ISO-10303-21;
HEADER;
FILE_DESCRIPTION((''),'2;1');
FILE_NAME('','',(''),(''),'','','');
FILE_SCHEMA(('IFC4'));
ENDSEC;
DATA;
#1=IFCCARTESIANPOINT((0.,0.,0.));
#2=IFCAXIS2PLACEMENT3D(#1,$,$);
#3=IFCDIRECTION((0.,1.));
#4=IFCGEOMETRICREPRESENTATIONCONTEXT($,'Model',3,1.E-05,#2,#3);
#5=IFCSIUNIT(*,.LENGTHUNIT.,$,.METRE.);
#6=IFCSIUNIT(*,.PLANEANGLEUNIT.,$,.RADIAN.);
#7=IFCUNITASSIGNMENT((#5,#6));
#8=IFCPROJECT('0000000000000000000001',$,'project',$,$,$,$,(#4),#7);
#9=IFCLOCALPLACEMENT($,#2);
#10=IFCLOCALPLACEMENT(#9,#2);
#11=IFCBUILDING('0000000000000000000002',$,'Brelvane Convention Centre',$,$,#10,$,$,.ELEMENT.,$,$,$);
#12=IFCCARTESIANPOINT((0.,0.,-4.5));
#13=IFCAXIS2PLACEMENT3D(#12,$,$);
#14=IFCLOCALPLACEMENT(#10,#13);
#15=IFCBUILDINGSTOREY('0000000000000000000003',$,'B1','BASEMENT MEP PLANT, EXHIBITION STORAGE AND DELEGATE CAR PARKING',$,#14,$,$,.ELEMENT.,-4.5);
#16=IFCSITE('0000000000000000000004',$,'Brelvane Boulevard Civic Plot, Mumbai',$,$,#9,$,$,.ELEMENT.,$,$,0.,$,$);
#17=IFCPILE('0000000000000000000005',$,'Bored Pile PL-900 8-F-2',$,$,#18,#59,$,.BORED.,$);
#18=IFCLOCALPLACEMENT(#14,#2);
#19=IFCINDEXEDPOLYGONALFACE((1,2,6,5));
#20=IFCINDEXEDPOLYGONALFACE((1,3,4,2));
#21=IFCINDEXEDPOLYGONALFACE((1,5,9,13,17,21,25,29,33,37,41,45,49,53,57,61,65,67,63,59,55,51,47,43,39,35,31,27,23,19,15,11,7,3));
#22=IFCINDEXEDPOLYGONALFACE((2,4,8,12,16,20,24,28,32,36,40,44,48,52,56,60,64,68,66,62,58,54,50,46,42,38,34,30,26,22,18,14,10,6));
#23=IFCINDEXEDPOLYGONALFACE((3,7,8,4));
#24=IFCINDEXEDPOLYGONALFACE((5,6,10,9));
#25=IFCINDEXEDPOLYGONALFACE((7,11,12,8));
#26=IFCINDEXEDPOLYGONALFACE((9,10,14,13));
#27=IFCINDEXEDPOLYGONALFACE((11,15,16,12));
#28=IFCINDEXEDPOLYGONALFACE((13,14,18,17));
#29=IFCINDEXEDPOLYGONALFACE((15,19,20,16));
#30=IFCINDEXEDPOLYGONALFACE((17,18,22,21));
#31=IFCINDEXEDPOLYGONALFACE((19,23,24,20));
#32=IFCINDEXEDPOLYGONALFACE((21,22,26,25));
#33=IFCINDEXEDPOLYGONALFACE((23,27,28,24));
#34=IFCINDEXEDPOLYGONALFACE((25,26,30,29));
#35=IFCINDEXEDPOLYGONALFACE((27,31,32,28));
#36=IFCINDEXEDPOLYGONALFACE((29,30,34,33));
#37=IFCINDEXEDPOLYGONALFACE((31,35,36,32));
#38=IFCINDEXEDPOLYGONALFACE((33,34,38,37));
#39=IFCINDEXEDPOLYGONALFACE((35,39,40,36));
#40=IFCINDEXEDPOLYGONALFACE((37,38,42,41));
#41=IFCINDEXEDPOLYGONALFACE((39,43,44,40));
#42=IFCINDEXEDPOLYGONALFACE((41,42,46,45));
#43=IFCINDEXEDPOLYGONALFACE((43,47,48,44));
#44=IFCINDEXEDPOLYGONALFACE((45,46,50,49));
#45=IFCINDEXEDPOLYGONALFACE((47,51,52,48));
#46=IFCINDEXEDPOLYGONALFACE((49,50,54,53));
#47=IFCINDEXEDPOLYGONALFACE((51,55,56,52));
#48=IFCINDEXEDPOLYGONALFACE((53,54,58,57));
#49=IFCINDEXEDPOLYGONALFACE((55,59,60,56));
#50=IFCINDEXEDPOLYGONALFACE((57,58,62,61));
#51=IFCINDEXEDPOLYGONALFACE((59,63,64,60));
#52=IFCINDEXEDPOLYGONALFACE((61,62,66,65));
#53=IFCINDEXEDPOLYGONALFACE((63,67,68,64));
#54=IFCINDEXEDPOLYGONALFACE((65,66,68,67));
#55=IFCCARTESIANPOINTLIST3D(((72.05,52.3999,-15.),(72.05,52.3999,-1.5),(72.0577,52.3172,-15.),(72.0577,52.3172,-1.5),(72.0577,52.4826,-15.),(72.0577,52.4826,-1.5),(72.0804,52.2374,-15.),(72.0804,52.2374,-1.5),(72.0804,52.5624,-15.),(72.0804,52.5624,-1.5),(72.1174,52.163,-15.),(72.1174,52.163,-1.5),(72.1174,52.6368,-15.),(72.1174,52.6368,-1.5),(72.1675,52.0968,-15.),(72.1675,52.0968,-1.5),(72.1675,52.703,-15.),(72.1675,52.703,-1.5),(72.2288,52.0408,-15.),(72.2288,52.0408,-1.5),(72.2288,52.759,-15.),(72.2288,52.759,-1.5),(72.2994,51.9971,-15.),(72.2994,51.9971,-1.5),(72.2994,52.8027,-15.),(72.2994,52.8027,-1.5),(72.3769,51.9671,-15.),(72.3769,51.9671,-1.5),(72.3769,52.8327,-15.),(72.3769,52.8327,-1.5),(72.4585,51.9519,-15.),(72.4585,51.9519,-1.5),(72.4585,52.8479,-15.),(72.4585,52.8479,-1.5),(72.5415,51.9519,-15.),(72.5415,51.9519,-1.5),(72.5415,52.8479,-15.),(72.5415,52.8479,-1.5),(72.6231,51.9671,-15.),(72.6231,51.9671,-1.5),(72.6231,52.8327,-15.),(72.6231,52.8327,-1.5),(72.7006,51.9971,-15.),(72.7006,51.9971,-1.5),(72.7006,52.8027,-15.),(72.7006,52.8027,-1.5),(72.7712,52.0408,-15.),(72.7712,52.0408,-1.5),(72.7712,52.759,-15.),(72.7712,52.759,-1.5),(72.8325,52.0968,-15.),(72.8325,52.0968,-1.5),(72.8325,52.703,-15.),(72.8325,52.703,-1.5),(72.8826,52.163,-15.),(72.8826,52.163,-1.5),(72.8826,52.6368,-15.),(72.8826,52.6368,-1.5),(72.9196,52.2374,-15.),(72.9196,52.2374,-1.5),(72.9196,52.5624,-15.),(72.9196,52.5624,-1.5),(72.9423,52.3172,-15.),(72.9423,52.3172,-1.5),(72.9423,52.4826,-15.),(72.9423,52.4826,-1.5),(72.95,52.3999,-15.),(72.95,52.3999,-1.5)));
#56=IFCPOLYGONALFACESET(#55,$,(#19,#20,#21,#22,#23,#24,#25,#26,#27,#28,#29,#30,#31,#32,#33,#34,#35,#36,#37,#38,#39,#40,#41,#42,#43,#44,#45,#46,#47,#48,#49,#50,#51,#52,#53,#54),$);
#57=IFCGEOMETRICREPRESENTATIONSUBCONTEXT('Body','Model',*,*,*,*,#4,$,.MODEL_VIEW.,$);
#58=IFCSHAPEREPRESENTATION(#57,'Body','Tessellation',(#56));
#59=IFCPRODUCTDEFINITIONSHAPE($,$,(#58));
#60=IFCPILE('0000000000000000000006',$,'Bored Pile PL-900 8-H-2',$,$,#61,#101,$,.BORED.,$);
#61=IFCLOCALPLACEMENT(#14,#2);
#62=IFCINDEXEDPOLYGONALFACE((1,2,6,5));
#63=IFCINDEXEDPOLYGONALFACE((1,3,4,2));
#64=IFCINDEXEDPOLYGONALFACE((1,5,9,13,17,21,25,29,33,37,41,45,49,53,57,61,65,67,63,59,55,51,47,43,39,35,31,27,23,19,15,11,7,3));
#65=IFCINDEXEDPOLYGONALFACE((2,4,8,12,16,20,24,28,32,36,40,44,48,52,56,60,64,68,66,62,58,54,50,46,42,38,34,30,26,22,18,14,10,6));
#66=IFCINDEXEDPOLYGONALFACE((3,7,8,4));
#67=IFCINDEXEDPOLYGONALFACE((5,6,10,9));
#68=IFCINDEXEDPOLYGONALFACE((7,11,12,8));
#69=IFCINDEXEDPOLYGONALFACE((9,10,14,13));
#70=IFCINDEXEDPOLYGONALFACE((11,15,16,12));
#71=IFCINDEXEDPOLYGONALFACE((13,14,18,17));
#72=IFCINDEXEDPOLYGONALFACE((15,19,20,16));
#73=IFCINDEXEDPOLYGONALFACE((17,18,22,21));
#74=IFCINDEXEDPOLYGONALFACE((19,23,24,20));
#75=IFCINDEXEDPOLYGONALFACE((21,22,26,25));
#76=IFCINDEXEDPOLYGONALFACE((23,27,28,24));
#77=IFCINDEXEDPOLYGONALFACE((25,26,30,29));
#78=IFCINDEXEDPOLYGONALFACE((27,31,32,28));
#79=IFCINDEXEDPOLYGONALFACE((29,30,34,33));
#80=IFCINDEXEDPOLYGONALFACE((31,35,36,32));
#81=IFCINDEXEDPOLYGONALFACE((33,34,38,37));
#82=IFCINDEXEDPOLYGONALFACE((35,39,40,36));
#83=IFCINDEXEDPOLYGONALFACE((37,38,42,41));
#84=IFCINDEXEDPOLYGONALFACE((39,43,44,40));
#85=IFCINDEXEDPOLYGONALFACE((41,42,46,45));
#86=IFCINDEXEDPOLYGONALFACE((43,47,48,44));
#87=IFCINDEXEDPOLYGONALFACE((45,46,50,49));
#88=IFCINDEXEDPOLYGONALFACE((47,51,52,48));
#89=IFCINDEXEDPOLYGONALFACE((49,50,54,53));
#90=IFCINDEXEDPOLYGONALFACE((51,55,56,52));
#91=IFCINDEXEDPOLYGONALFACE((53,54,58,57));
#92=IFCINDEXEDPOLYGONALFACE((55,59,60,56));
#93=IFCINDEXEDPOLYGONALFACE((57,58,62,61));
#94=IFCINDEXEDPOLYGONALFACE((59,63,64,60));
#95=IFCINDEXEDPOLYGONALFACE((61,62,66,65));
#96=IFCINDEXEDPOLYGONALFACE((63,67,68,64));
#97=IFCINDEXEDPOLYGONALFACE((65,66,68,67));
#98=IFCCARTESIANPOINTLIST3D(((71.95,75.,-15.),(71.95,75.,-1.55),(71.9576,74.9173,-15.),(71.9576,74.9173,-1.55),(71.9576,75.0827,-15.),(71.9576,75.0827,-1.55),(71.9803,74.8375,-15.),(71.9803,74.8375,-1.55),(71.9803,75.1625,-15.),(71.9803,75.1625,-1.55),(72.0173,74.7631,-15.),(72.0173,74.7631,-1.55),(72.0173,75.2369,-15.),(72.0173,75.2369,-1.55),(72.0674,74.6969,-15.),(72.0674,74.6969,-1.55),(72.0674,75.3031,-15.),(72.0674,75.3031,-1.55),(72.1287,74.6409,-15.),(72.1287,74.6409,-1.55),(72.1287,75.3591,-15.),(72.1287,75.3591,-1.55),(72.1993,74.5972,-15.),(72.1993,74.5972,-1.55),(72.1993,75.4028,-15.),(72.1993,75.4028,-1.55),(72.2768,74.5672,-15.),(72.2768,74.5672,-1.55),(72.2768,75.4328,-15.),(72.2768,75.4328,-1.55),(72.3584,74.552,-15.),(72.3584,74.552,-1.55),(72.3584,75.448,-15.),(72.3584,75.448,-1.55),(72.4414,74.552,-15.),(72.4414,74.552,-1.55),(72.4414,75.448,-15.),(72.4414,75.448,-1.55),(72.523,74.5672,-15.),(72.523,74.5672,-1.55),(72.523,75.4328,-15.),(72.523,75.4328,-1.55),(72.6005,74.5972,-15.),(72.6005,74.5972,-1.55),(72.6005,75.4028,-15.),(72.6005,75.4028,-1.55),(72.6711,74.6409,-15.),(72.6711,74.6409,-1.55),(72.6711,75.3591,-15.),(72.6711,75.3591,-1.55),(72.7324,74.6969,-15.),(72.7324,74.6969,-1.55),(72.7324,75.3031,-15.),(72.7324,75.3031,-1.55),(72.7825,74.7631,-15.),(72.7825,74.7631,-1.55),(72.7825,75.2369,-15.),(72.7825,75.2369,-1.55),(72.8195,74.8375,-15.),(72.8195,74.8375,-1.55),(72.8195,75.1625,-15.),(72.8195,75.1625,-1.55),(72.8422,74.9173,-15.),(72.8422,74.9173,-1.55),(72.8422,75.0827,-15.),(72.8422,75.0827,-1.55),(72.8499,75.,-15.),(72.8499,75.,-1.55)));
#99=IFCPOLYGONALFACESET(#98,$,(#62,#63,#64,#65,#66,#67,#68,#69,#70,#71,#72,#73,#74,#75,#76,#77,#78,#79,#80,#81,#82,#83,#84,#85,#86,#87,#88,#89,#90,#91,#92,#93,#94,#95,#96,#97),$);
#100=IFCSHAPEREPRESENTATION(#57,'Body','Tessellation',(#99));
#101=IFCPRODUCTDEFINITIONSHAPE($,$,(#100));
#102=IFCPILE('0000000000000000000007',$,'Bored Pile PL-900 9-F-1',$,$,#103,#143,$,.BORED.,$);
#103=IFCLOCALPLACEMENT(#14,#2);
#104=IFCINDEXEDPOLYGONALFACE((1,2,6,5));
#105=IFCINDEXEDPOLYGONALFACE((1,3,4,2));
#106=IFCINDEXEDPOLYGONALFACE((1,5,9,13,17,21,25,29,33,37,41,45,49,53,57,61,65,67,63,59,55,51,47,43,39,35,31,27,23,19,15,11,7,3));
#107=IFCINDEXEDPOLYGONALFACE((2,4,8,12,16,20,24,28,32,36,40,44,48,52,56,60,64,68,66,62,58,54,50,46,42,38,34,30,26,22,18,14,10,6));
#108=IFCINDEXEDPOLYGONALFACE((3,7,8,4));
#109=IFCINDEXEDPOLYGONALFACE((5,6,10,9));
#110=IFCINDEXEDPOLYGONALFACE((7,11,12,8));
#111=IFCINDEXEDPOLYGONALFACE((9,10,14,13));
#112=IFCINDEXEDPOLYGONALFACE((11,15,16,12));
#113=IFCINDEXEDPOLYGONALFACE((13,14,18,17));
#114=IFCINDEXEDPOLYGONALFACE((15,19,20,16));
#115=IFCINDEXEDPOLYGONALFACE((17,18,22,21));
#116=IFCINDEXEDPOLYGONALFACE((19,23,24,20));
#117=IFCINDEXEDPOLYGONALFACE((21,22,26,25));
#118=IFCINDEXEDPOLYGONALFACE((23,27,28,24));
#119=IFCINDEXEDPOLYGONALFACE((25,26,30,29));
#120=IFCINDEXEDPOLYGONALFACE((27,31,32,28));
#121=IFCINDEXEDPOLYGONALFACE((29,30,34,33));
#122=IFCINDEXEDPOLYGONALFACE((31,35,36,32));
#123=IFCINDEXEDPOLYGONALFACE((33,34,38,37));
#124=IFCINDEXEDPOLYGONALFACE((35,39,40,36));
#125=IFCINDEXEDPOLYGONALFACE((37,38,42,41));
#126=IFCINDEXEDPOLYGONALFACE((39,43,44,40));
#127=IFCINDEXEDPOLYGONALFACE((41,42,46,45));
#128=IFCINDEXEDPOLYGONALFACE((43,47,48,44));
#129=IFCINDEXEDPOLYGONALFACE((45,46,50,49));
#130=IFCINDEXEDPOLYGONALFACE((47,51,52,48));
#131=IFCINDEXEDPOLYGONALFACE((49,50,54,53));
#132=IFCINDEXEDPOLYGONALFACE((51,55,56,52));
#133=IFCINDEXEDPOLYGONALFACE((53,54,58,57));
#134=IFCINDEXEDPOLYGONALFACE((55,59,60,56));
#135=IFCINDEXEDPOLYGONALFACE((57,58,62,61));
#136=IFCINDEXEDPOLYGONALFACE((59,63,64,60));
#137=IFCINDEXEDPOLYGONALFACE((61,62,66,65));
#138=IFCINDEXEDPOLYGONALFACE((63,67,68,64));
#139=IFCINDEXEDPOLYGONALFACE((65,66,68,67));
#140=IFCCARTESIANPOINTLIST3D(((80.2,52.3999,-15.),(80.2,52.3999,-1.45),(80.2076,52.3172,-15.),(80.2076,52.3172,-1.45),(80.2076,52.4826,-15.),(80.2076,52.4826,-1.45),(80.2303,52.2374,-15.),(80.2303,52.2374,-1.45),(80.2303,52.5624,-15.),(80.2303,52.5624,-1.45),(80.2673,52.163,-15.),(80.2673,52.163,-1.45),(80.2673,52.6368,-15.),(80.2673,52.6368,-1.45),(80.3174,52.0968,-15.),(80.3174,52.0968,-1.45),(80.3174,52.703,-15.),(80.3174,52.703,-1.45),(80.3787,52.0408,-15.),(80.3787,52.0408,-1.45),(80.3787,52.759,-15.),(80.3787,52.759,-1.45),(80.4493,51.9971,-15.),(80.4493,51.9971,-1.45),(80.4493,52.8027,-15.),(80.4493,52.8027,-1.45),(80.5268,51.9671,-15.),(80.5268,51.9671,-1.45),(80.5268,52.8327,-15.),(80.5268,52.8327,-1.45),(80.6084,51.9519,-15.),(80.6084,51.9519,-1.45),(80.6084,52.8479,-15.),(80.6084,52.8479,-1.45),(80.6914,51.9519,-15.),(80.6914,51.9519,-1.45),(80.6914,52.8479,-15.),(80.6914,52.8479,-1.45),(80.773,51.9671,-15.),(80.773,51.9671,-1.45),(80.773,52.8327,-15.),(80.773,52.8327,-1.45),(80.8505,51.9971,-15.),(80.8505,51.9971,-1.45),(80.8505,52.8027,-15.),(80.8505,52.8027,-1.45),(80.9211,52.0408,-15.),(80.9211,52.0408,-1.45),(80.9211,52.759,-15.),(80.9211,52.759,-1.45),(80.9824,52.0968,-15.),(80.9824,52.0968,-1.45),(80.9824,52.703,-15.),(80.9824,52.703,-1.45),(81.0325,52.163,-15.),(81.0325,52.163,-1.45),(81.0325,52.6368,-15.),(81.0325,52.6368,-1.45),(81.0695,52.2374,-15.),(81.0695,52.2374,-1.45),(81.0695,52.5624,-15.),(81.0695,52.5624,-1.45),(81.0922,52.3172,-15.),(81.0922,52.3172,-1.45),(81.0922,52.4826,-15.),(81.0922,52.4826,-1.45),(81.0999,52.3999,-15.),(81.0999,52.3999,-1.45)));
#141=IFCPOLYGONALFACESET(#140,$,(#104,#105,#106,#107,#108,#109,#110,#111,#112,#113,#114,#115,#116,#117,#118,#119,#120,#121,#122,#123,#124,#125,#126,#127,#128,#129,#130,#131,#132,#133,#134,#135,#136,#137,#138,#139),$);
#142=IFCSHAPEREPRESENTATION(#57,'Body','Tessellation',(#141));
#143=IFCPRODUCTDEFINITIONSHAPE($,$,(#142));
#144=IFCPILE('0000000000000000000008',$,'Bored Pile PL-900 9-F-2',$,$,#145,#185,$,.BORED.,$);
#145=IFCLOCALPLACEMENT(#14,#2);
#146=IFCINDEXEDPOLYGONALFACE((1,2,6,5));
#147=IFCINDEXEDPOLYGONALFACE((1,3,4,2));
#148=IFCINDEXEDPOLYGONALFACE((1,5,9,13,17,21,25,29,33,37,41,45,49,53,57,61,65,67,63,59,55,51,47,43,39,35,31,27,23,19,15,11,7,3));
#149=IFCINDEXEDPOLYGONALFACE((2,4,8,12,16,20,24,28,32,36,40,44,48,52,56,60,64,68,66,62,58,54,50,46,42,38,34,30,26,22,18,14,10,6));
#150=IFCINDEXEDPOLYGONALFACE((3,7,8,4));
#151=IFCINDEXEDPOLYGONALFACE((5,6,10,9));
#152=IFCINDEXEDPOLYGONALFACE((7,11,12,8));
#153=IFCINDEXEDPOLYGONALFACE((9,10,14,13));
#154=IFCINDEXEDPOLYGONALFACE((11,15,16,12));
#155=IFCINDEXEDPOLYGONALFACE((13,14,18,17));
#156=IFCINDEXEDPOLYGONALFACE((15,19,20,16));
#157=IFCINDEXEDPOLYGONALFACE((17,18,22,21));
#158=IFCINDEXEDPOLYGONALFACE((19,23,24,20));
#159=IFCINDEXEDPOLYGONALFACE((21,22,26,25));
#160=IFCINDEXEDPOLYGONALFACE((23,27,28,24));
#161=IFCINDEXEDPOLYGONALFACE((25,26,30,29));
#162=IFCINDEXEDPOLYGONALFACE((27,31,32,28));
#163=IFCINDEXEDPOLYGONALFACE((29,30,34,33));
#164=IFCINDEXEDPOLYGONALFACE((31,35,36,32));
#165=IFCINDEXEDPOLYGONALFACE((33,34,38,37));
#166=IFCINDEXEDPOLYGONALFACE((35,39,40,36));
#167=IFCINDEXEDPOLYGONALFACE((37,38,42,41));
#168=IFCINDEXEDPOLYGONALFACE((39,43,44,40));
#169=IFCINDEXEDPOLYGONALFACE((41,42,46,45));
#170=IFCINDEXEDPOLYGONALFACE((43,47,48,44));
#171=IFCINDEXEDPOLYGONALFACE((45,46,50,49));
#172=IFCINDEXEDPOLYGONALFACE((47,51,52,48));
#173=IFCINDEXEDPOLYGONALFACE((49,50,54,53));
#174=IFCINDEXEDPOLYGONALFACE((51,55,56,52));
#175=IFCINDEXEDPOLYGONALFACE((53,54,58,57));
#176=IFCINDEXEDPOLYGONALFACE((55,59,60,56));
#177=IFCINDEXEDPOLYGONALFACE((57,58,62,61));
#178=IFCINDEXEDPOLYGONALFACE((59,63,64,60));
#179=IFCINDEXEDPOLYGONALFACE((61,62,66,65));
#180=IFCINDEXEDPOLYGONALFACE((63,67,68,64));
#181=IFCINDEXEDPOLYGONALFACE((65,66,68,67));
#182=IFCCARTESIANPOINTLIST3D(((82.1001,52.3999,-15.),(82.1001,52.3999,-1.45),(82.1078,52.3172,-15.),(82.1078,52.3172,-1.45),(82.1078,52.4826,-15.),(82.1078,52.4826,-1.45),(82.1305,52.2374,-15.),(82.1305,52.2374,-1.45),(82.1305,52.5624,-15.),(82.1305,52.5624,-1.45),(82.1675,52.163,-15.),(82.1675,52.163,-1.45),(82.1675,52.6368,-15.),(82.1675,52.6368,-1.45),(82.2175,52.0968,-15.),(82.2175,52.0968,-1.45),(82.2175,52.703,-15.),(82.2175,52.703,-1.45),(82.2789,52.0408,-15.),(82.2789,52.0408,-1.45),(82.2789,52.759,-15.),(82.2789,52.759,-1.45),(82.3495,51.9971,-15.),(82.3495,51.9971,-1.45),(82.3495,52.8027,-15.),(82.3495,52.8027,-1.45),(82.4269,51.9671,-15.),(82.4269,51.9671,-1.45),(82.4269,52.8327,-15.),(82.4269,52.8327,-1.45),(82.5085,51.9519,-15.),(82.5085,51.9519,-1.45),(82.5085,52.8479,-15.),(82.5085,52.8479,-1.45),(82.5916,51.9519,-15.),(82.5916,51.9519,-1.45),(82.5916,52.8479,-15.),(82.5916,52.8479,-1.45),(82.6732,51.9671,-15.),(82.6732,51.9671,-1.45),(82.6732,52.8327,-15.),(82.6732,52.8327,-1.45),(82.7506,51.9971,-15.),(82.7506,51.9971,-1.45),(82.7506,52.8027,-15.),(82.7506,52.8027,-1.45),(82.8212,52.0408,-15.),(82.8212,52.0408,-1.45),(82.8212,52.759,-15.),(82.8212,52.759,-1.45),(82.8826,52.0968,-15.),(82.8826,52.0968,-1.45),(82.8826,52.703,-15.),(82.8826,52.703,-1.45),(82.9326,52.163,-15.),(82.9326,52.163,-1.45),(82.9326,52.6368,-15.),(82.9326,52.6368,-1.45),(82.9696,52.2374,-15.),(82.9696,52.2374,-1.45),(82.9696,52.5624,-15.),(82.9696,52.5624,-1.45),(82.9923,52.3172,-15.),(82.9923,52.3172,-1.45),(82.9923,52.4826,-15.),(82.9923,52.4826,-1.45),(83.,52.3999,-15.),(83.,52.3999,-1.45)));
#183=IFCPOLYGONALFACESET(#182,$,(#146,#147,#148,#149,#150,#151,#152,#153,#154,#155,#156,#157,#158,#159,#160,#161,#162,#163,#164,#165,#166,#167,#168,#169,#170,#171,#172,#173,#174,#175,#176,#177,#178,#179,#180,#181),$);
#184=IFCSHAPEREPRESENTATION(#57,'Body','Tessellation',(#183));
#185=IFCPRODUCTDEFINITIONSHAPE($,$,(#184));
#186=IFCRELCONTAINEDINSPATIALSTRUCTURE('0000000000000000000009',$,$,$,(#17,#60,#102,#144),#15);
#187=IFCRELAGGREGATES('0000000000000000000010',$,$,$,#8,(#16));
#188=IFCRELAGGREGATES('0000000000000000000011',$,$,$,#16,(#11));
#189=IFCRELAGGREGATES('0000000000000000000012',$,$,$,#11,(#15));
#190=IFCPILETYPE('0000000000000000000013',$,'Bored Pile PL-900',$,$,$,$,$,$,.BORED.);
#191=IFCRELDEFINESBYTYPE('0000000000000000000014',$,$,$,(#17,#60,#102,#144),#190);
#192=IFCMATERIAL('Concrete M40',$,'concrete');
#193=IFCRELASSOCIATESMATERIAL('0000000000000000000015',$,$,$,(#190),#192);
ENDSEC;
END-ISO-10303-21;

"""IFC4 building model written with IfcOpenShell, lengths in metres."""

from ifc_helpers import new_model, si_unit, direction, frame, origin, origin_2d, place, context, subcontext, project, spatial, circle, extrude, material, material_profile, profile_set, type_object, element, save


model = new_model("IFC4")

# Units and contexts
model_context = context("Model", 3, precision=1e-05, world=origin(), true_north=direction((0.0, 1.0)))
body_context = subcontext(model_context, "Body", "Model", "MODEL_VIEW")
ifc_project = project(units=[si_unit("LENGTHUNIT", "METRE"), si_unit("PLANEANGLEUNIT", "RADIAN")], contexts=[model_context])

# Site, building, storey
site_placement = place(None, origin())
site = spatial("IfcSite", under=ifc_project, at=site_placement, Name="Brelvane Boulevard Civic Plot, Mumbai", CompositionType="ELEMENT", RefElevation=0.0)
building_placement = place(site_placement, origin())
building = spatial("IfcBuilding", under=site, at=building_placement, Name="Brelvane Convention Centre", CompositionType="ELEMENT")
storey_placement = place(building_placement, frame((0.0, 0.0, -4.5)))
storey = spatial("IfcBuildingStorey", under=building, at=storey_placement, Name="B1", Description="BASEMENT MEP PLANT, EXHIBITION STORAGE AND DELEGATE CAR PARKING", CompositionType="ELEMENT", Elevation=-4.5)

# Piles
ifc_material_1 = material(Name="Concrete M40", Category="concrete")
ifc_material_profile_1 = material_profile(ifc_material_1, circle(Radius=0.45, at=origin_2d()), Name="PILE D900")
ifc_profile_set_1 = profile_set([ifc_material_profile_1], Name="Concrete M40")
pile_type = type_object("IfcPileType", Name="Bored Pile PL-900", PredefinedType="BORED", material=ifc_profile_set_1)
pile_1_placement = place(storey_placement, frame((72.5, 52.3999, -1.5), z_axis=(0.0, 0.0, -1.0), x_axis=(1.0, 0.0, 0.0)))
element("IfcPile", 1, at=pile_1_placement, inside=storey, type_object=pile_type, Name="Bored Pile PL-900 8-F-2", PredefinedType="BORED", context=body_context, shape_type="SweptSolid", body=[
    extrude(circle(Radius=0.45, at=origin_2d()), origin(), (0.0, 0.0, 1.0), 13.5),
])
pile_2_placement = place(storey_placement, frame((72.3999, 75.0, -1.55), z_axis=(0.0, 0.0, -1.0), x_axis=(1.0, 0.0, 0.0)))
element("IfcPile", 2, at=pile_2_placement, inside=storey, type_object=pile_type, Name="Bored Pile PL-900 8-H-2", PredefinedType="BORED", context=body_context, shape_type="SweptSolid", body=[
    extrude(circle(Radius=0.45, at=origin_2d()), origin(), (0.0, 0.0, 1.0), 13.45),
])
for number, where, z_axis, x_axis, name in (
    (3, (80.6499, 52.3999, -1.45), (0.0, 0.0, -1.0), (1.0, 0.0, 0.0), "Bored Pile PL-900 9-F-1"),
    (4, (82.55, 52.3999, -1.45), (0.0, 0.0, -1.0), (1.0, 0.0, 0.0), "Bored Pile PL-900 9-F-2"),
):
    element("IfcPile", number, at=place(storey_placement, frame(where, z_axis=z_axis, x_axis=x_axis)), inside=storey, type_object=pile_type, Name=name, PredefinedType="BORED", context=body_context, shape_type="SweptSolid", body=[
        extrude(circle(Radius=0.45, at=origin_2d()), origin(), (0.0, 0.0, 1.0), 13.55),
    ])

save(model, "model.ifc")
